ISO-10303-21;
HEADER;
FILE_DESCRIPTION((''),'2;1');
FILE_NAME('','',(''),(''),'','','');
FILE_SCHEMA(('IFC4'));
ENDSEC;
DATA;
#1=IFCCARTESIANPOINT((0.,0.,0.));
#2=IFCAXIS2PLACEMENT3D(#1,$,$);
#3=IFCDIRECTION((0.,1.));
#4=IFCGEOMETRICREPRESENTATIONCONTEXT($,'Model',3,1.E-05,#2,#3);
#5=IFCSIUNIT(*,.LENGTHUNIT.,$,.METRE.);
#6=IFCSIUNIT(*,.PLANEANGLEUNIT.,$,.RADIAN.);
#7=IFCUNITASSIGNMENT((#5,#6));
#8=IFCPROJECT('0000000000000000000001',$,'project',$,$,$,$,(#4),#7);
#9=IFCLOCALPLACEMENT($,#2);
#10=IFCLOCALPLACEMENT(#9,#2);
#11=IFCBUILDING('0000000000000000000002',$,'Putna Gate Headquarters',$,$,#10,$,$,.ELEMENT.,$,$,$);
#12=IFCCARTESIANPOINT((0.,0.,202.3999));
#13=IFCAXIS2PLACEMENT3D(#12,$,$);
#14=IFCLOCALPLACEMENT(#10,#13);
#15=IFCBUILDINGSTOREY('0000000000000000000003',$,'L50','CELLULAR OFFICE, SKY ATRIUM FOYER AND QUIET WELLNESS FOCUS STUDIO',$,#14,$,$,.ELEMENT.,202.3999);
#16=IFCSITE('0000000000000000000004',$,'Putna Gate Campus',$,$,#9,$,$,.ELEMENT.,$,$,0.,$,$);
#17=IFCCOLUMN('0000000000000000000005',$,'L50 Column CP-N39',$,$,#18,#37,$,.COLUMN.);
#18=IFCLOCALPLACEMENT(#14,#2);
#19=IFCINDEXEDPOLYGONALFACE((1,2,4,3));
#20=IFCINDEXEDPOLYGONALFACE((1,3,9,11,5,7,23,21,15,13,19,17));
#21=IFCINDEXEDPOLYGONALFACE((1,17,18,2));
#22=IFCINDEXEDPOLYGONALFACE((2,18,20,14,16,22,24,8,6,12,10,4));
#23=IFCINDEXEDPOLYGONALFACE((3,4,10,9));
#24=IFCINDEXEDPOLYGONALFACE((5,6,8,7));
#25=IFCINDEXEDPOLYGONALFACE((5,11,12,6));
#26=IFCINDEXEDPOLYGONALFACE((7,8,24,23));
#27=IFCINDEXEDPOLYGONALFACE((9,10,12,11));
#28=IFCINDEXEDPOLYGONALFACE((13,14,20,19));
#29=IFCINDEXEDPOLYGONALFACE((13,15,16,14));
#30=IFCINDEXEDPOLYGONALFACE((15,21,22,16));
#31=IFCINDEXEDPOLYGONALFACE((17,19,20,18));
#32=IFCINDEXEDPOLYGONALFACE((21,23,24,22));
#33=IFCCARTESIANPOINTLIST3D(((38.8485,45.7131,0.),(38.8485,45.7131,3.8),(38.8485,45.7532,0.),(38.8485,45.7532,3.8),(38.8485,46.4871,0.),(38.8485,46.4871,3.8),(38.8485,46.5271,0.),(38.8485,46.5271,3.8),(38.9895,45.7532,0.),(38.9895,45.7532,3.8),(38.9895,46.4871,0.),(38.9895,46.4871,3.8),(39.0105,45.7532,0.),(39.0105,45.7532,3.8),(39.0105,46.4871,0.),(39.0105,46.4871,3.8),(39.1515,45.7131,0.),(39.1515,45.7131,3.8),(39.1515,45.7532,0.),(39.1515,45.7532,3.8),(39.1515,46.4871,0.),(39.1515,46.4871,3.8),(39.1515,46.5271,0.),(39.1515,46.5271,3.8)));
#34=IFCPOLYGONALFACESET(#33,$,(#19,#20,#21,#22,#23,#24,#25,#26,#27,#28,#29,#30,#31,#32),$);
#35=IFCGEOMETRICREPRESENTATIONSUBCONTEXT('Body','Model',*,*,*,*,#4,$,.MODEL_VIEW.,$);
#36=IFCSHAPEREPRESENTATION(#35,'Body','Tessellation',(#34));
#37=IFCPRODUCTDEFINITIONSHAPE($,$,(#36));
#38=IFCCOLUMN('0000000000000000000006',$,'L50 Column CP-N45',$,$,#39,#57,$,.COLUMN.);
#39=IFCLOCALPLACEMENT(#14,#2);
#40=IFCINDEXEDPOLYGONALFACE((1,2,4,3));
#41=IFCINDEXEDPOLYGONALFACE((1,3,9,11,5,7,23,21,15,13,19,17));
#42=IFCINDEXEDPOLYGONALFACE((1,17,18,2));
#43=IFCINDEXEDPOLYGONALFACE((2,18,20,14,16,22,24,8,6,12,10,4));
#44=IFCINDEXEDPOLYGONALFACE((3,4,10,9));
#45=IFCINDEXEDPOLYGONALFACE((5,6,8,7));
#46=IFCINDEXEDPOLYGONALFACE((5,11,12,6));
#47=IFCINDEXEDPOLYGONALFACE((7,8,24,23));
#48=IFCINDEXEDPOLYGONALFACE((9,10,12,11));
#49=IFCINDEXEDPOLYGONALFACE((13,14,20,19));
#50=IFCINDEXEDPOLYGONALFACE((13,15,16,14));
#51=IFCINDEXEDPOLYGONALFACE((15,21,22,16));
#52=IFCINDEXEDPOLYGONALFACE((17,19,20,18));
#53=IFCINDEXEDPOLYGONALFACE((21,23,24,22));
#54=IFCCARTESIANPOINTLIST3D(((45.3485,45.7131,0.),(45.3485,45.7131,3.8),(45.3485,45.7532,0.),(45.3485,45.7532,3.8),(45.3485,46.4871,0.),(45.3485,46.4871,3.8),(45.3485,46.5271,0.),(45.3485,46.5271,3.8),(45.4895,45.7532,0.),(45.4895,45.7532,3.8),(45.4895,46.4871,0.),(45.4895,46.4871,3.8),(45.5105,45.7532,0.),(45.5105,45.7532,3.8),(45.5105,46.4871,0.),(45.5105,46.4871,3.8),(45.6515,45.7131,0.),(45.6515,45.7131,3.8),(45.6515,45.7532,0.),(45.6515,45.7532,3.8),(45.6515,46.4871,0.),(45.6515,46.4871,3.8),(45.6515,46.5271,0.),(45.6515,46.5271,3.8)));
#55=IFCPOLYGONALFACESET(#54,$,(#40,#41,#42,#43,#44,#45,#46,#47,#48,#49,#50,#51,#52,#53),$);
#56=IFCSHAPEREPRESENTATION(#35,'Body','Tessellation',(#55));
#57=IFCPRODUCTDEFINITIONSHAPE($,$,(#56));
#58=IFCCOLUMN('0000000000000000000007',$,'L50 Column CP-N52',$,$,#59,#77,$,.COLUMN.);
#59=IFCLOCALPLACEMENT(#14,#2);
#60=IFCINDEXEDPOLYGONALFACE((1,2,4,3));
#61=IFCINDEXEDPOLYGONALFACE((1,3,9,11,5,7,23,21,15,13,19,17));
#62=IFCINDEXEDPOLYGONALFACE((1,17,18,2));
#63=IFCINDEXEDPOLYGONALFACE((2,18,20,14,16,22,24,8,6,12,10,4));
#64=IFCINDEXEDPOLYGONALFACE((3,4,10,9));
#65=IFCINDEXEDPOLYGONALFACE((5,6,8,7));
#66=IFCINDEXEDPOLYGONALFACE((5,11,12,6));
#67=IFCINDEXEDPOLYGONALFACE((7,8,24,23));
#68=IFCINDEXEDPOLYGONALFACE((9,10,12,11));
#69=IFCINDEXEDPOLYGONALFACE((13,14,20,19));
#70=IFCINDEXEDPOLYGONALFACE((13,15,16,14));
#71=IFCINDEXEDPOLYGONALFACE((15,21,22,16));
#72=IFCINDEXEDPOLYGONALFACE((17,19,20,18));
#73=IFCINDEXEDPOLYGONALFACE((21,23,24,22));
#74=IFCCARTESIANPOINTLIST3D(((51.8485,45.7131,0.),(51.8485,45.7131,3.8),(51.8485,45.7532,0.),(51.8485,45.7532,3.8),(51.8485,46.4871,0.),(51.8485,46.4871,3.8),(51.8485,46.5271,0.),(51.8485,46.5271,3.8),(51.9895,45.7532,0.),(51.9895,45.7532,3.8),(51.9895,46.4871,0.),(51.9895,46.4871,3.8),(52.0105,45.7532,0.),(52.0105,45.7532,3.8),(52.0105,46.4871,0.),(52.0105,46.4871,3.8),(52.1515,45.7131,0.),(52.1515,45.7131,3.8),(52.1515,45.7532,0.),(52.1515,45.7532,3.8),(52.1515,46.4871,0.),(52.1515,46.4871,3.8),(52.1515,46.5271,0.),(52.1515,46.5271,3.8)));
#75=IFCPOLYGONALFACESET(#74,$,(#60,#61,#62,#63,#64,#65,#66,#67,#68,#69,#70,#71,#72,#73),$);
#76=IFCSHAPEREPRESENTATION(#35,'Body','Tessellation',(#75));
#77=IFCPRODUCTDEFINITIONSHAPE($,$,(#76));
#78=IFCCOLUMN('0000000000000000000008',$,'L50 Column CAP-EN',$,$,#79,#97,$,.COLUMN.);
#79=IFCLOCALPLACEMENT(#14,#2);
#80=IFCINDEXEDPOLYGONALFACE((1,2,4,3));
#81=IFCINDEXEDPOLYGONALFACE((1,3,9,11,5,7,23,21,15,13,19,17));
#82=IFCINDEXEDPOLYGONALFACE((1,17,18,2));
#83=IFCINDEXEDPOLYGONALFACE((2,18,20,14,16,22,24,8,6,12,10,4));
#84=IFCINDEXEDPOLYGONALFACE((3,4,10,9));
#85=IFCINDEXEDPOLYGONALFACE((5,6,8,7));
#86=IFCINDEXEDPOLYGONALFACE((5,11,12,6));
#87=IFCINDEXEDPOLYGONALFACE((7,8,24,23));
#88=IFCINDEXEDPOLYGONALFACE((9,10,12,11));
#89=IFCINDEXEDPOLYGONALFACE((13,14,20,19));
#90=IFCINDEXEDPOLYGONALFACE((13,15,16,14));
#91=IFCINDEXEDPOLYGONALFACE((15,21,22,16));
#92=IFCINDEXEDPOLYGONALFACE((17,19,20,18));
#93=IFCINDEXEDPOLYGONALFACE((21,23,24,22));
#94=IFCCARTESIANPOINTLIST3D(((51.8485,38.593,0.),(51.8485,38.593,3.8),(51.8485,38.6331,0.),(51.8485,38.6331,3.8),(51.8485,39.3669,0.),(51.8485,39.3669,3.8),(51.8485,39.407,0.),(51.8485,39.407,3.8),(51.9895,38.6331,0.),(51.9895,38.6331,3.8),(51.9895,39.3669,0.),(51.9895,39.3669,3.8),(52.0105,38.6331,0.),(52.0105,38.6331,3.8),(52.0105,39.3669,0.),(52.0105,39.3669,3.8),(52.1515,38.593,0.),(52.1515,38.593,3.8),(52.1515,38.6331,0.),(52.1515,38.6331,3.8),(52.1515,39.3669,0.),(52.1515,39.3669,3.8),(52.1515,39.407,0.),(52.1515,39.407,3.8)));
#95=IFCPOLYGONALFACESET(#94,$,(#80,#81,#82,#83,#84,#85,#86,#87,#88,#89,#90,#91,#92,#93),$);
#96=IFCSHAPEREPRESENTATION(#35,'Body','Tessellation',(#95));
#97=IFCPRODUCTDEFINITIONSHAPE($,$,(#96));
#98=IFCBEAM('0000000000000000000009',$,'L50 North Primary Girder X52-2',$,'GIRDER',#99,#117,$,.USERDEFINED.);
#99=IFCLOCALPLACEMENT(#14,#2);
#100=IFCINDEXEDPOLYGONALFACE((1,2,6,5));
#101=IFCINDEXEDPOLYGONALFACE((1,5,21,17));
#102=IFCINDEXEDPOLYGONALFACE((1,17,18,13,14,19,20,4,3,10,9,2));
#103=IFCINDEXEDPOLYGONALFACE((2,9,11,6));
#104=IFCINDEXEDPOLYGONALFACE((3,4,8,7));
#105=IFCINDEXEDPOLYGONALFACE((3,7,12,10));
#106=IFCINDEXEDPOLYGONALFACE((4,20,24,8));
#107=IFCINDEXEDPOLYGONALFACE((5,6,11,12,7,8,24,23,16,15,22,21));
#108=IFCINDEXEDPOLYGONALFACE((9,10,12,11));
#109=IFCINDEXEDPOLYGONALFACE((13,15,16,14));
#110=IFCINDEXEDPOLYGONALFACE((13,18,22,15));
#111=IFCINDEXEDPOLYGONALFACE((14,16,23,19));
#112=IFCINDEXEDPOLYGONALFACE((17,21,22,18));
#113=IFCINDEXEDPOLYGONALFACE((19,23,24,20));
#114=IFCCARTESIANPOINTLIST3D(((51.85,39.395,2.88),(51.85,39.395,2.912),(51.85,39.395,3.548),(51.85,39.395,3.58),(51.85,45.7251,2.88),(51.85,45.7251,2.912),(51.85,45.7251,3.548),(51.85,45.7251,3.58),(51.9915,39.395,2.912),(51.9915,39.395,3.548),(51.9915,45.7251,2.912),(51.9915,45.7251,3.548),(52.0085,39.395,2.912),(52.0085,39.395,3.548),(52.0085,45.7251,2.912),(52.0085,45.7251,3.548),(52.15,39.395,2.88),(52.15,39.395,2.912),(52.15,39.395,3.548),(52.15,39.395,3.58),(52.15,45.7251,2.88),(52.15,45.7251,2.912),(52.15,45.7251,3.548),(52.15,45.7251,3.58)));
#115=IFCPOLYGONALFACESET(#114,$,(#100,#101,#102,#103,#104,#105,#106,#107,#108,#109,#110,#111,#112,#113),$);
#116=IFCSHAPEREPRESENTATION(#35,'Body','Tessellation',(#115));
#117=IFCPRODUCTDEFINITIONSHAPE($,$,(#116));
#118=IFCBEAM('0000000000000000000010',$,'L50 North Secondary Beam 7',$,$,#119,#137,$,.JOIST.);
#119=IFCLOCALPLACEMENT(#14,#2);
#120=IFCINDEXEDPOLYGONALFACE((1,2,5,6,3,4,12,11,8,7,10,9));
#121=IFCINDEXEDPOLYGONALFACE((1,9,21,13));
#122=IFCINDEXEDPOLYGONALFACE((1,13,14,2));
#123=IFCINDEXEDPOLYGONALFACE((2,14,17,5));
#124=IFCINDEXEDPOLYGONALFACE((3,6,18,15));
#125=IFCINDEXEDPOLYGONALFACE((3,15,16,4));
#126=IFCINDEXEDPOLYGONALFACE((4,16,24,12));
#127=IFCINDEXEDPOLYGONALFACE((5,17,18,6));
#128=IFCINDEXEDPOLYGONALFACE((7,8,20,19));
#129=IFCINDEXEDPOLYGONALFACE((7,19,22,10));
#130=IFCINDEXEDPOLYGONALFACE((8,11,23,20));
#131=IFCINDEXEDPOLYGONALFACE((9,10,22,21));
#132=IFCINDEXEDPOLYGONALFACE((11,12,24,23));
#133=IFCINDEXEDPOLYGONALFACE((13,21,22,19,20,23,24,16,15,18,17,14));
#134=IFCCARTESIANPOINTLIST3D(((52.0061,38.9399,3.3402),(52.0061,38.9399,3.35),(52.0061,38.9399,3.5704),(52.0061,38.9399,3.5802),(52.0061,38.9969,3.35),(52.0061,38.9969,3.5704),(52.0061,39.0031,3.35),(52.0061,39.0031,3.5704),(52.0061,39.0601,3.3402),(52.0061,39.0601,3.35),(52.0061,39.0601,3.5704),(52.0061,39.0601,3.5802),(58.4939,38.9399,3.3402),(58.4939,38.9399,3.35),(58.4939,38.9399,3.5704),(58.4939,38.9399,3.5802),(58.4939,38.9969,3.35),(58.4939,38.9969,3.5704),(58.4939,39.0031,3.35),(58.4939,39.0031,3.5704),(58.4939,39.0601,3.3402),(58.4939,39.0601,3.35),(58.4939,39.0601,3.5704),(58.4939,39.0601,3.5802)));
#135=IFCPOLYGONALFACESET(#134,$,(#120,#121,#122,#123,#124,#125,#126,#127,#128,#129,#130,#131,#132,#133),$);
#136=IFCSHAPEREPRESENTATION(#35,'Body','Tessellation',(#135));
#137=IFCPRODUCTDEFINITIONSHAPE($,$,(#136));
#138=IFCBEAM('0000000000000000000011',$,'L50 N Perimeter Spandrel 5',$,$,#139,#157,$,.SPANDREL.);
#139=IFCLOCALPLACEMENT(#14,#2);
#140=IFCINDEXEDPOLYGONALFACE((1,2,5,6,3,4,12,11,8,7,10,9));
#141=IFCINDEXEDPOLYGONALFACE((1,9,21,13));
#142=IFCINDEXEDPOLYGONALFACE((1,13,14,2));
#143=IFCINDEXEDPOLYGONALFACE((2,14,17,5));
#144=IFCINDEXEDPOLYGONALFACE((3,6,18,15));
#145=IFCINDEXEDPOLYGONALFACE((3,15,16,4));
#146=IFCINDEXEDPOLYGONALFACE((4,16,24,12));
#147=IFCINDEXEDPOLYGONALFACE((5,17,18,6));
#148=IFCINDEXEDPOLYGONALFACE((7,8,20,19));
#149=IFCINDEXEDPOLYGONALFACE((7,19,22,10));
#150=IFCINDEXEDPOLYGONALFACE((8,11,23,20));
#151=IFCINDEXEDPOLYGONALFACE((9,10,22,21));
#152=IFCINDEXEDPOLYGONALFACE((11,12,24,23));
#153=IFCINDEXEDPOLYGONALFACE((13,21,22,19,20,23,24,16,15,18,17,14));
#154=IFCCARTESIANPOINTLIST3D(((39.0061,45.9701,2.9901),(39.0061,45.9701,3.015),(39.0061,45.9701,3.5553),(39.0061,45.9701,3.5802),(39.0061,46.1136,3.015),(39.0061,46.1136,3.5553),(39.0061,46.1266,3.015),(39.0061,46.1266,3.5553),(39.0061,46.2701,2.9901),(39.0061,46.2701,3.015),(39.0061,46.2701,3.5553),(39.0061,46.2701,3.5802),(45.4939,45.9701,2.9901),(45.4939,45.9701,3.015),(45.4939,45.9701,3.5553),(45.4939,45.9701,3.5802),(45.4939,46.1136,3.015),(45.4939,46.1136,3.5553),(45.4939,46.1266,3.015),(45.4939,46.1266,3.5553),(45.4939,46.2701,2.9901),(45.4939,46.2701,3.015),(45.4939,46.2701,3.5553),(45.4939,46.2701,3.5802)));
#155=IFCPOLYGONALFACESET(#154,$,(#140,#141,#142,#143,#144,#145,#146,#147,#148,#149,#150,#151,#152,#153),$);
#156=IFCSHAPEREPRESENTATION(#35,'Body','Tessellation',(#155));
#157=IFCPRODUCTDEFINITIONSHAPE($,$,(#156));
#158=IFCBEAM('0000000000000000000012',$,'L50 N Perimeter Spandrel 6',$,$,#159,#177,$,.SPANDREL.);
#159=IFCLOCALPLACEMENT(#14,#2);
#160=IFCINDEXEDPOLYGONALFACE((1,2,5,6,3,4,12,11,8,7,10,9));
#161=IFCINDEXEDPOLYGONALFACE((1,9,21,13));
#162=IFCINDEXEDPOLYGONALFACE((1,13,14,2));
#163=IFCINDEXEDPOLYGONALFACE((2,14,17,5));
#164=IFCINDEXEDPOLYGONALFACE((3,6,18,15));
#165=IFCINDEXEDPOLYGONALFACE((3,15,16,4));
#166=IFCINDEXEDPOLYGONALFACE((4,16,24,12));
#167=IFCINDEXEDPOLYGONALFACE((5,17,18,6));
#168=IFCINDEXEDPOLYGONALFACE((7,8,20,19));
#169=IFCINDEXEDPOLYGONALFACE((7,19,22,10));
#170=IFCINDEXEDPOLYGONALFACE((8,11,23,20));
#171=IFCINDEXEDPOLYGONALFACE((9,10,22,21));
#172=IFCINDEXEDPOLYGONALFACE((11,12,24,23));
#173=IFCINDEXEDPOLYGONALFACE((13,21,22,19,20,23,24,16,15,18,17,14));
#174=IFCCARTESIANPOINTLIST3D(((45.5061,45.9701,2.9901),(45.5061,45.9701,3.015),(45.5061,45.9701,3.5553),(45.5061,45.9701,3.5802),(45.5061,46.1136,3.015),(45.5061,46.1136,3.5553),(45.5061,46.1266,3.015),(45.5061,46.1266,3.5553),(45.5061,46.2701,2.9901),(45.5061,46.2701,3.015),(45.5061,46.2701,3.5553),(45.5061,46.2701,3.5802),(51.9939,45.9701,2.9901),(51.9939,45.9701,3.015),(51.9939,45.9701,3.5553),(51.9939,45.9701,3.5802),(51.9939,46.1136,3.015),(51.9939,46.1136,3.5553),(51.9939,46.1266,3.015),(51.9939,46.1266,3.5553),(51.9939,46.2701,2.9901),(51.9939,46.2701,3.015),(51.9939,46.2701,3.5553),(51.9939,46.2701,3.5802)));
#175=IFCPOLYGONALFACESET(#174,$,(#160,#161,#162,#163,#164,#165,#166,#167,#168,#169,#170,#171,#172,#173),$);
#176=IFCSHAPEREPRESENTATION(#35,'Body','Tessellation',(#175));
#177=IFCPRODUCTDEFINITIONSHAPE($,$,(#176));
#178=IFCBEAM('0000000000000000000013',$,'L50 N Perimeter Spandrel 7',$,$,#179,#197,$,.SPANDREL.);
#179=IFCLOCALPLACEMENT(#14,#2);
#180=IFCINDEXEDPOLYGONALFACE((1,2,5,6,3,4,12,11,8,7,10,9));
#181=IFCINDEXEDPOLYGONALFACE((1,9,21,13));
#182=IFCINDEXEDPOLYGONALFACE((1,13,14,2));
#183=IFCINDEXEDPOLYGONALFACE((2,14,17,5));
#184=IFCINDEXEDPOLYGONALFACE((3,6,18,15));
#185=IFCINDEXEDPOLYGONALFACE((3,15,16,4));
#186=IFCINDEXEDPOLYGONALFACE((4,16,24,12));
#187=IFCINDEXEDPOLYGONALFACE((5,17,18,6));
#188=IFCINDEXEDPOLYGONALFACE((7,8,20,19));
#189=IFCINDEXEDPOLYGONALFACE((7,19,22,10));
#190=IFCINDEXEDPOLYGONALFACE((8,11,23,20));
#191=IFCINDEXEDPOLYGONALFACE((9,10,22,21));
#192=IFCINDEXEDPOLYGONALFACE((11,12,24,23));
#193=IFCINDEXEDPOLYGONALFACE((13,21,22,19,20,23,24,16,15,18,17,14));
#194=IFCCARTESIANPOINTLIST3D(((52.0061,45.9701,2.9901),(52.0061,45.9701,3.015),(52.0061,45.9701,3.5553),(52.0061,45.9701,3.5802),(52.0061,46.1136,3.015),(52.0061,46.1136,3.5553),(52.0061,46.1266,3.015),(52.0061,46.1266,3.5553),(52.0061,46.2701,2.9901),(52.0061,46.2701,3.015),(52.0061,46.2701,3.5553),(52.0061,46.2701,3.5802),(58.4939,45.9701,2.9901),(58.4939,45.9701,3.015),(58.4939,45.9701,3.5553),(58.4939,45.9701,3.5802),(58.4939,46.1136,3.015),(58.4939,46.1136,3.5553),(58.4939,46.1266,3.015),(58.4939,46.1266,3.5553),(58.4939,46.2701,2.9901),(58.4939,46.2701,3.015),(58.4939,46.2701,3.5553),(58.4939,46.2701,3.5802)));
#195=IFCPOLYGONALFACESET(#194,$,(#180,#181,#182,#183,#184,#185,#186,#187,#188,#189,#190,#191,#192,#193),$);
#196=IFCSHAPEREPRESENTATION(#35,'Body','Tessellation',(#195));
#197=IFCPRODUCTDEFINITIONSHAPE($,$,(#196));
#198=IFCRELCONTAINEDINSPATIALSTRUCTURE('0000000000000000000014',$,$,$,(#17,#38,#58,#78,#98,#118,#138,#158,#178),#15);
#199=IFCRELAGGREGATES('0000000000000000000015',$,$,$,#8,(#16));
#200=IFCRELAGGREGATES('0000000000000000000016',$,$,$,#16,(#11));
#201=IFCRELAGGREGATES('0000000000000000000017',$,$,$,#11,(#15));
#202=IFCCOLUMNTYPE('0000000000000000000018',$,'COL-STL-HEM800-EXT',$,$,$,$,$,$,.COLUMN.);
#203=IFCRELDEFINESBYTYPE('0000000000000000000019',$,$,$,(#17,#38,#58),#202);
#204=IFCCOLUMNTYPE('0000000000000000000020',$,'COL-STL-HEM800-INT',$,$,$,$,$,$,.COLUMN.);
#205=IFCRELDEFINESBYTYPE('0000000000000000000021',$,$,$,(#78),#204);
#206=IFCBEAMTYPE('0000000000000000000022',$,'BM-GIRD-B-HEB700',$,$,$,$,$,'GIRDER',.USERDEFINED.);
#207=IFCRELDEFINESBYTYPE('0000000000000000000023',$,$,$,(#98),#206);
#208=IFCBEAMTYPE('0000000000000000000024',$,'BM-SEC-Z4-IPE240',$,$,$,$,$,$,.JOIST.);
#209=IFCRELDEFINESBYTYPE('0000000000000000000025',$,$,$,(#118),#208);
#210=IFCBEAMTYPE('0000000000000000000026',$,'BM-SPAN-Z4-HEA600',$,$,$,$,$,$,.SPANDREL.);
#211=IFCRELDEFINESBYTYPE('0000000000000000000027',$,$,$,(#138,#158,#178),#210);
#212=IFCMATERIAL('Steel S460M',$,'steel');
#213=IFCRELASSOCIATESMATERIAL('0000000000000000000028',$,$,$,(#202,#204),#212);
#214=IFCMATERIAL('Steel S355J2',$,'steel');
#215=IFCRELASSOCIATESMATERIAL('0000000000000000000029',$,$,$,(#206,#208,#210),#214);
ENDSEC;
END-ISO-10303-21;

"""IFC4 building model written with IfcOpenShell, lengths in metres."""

from ifc_helpers import new_model, si_unit, direction, frame, origin, origin_2d, place, context, subcontext, project, spatial, i_section, extrude, material, material_profile, profile_set, type_object, element, save


model = new_model("IFC4")

# Units and contexts
model_context = context("Model", 3, precision=1e-05, world=origin(), true_north=direction((0.0, 1.0)))
body_context = subcontext(model_context, "Body", "Model", "MODEL_VIEW")
ifc_project = project(units=[si_unit("LENGTHUNIT", "METRE"), si_unit("PLANEANGLEUNIT", "RADIAN")], contexts=[model_context])

# Site, building, storey
site_placement = place(None, origin())
site = spatial("IfcSite", under=ifc_project, at=site_placement, Name="Putna Gate Campus", CompositionType="ELEMENT", RefElevation=0.0)
building_placement = place(site_placement, origin())
building = spatial("IfcBuilding", under=site, at=building_placement, Name="Putna Gate Headquarters", CompositionType="ELEMENT")
storey_placement = place(building_placement, frame((0.0, 0.0, 202.3999)))
storey = spatial("IfcBuildingStorey", under=building, at=storey_placement, Name="L50", Description="CELLULAR OFFICE, SKY ATRIUM FOYER AND QUIET WELLNESS FOCUS STUDIO", CompositionType="ELEMENT", Elevation=202.3999)

# Columns
ifc_material_1 = material(Name="Steel S460M", Category="steel")
ifc_material_profile_1 = material_profile(ifc_material_1, i_section(OverallWidth=0.303, OverallDepth=0.814, WebThickness=0.021, FlangeThickness=0.04, at=origin_2d()), Name="Steel S460M")
ifc_profile_set_1 = profile_set([ifc_material_profile_1], Name="Steel S460M")
column_type_1 = type_object("IfcColumnType", Name="COL-STL-HEM800-EXT", PredefinedType="COLUMN", material=ifc_profile_set_1)
for number, where, z_axis, x_axis, name in (
    (1, (39.0, 46.1201, 0.0), (0.0, 0.0, 1.0), (1.0, 0.0, 0.0), "L50 Column CP-N39"),
    (2, (45.5, 46.1201, 0.0), (0.0, 0.0, 1.0), (1.0, 0.0, 0.0), "L50 Column CP-N45"),
    (3, (52.0, 46.1201, 0.0), (0.0, 0.0, 1.0), (1.0, 0.0, 0.0), "L50 Column CP-N52"),
):
    element("IfcColumn", number, at=place(storey_placement, frame(where, z_axis=z_axis, x_axis=x_axis)), inside=storey, type_object=column_type_1, Name=name, PredefinedType="COLUMN", context=body_context, shape_type="SweptSolid", body=[
        extrude(i_section(OverallWidth=0.303, OverallDepth=0.814, WebThickness=0.021, FlangeThickness=0.04, at=origin_2d()), origin(), (0.0, 0.0, 1.0), 3.8),
    ])
ifc_material_profile_2 = material_profile(ifc_material_1, i_section(OverallWidth=0.303, OverallDepth=0.814, WebThickness=0.021, FlangeThickness=0.04, at=origin_2d()), Name="Steel S460M")
ifc_profile_set_2 = profile_set([ifc_material_profile_2], Name="Steel S460M")
column_type_2 = type_object("IfcColumnType", Name="COL-STL-HEM800-INT", PredefinedType="COLUMN", material=ifc_profile_set_2)
column_placement = place(storey_placement, frame((52.0, 39.0, 0.0), z_axis=(0.0, 0.0, 1.0), x_axis=(1.0, 0.0, 0.0)))
element("IfcColumn", 4, at=column_placement, inside=storey, type_object=column_type_2, Name="L50 Column CAP-EN", PredefinedType="COLUMN", context=body_context, shape_type="SweptSolid", body=[
    extrude(i_section(OverallWidth=0.303, OverallDepth=0.814, WebThickness=0.021, FlangeThickness=0.04, at=origin_2d()), origin(), (0.0, 0.0, 1.0), 3.8),
])

# Beams
ifc_material_2 = material(Name="Steel S355J2", Category="steel")
ifc_material_profile_3 = material_profile(ifc_material_2, i_section(OverallWidth=0.3, OverallDepth=0.7, WebThickness=0.0171, FlangeThickness=0.032, at=origin_2d()), Name="Steel S355J2")
ifc_profile_set_3 = profile_set([ifc_material_profile_3], Name="Steel S355J2")
beam_type_1 = type_object("IfcBeamType", Name="BM-GIRD-B-HEB700", ElementType="GIRDER", PredefinedType="USERDEFINED", material=ifc_profile_set_3)
beam_1_placement = place(storey_placement, frame((52.0, 39.395, 3.23), z_axis=(0.0, 1.0, 0.0), x_axis=(-1.0, 0.0, 0.0)))
element("IfcBeam", 5, at=beam_1_placement, inside=storey, type_object=beam_type_1, Name="L50 North Primary Girder X52-2", ObjectType="GIRDER", PredefinedType="USERDEFINED", context=body_context, shape_type="SweptSolid", body=[
    extrude(i_section(OverallWidth=0.3, OverallDepth=0.7, WebThickness=0.0171, FlangeThickness=0.032, at=origin_2d()), origin(), (0.0, 0.0, 1.0), 6.3301),
])
ifc_material_profile_4 = material_profile(ifc_material_2, i_section(OverallWidth=0.1201, OverallDepth=0.24, WebThickness=0.0061, FlangeThickness=0.0098, at=origin_2d()), Name="Steel S355J2")
ifc_profile_set_4 = profile_set([ifc_material_profile_4], Name="Steel S355J2")
beam_type_2 = type_object("IfcBeamType", Name="BM-SEC-Z4-IPE240", PredefinedType="JOIST", material=ifc_profile_set_4)
beam_2_placement = place(storey_placement, frame((52.0061, 39.0, 3.4602), z_axis=(1.0, 0.0, 0.0), x_axis=(0.0, 1.0, 0.0)))
element("IfcBeam", 6, at=beam_2_placement, inside=storey, type_object=beam_type_2, Name="L50 North Secondary Beam 7", PredefinedType="JOIST", context=body_context, shape_type="SweptSolid", body=[
    extrude(i_section(OverallWidth=0.1201, OverallDepth=0.24, WebThickness=0.0061, FlangeThickness=0.0098, at=origin_2d()), origin(), (0.0, 0.0, 1.0), 6.4878),
])
ifc_material_profile_5 = material_profile(ifc_material_2, i_section(OverallWidth=0.3, OverallDepth=0.5901, WebThickness=0.0129, FlangeThickness=0.0249, at=origin_2d()), Name="Steel S355J2")
ifc_profile_set_5 = profile_set([ifc_material_profile_5], Name="Steel S355J2")
beam_type_3 = type_object("IfcBeamType", Name="BM-SPAN-Z4-HEA600", PredefinedType="SPANDREL", material=ifc_profile_set_5)
for number, where, z_axis, x_axis, name in (
    (7, (39.0061, 46.1201, 3.2852), (1.0, 0.0, 0.0), (0.0, 1.0, 0.0), "L50 N Perimeter Spandrel 5"),
    (8, (45.5061, 46.1201, 3.2852), (1.0, 0.0, 0.0), (0.0, 1.0, 0.0), "L50 N Perimeter Spandrel 6"),
    (9, (52.0061, 46.1201, 3.2852), (1.0, 0.0, 0.0), (0.0, 1.0, 0.0), "L50 N Perimeter Spandrel 7"),
):
    element("IfcBeam", number, at=place(storey_placement, frame(where, z_axis=z_axis, x_axis=x_axis)), inside=storey, type_object=beam_type_3, Name=name, PredefinedType="SPANDREL", context=body_context, shape_type="SweptSolid", body=[
        extrude(i_section(OverallWidth=0.3, OverallDepth=0.5901, WebThickness=0.0129, FlangeThickness=0.0249, at=origin_2d()), origin(), (0.0, 0.0, 1.0), 6.4878),
    ])

save(model, "model.ifc")
